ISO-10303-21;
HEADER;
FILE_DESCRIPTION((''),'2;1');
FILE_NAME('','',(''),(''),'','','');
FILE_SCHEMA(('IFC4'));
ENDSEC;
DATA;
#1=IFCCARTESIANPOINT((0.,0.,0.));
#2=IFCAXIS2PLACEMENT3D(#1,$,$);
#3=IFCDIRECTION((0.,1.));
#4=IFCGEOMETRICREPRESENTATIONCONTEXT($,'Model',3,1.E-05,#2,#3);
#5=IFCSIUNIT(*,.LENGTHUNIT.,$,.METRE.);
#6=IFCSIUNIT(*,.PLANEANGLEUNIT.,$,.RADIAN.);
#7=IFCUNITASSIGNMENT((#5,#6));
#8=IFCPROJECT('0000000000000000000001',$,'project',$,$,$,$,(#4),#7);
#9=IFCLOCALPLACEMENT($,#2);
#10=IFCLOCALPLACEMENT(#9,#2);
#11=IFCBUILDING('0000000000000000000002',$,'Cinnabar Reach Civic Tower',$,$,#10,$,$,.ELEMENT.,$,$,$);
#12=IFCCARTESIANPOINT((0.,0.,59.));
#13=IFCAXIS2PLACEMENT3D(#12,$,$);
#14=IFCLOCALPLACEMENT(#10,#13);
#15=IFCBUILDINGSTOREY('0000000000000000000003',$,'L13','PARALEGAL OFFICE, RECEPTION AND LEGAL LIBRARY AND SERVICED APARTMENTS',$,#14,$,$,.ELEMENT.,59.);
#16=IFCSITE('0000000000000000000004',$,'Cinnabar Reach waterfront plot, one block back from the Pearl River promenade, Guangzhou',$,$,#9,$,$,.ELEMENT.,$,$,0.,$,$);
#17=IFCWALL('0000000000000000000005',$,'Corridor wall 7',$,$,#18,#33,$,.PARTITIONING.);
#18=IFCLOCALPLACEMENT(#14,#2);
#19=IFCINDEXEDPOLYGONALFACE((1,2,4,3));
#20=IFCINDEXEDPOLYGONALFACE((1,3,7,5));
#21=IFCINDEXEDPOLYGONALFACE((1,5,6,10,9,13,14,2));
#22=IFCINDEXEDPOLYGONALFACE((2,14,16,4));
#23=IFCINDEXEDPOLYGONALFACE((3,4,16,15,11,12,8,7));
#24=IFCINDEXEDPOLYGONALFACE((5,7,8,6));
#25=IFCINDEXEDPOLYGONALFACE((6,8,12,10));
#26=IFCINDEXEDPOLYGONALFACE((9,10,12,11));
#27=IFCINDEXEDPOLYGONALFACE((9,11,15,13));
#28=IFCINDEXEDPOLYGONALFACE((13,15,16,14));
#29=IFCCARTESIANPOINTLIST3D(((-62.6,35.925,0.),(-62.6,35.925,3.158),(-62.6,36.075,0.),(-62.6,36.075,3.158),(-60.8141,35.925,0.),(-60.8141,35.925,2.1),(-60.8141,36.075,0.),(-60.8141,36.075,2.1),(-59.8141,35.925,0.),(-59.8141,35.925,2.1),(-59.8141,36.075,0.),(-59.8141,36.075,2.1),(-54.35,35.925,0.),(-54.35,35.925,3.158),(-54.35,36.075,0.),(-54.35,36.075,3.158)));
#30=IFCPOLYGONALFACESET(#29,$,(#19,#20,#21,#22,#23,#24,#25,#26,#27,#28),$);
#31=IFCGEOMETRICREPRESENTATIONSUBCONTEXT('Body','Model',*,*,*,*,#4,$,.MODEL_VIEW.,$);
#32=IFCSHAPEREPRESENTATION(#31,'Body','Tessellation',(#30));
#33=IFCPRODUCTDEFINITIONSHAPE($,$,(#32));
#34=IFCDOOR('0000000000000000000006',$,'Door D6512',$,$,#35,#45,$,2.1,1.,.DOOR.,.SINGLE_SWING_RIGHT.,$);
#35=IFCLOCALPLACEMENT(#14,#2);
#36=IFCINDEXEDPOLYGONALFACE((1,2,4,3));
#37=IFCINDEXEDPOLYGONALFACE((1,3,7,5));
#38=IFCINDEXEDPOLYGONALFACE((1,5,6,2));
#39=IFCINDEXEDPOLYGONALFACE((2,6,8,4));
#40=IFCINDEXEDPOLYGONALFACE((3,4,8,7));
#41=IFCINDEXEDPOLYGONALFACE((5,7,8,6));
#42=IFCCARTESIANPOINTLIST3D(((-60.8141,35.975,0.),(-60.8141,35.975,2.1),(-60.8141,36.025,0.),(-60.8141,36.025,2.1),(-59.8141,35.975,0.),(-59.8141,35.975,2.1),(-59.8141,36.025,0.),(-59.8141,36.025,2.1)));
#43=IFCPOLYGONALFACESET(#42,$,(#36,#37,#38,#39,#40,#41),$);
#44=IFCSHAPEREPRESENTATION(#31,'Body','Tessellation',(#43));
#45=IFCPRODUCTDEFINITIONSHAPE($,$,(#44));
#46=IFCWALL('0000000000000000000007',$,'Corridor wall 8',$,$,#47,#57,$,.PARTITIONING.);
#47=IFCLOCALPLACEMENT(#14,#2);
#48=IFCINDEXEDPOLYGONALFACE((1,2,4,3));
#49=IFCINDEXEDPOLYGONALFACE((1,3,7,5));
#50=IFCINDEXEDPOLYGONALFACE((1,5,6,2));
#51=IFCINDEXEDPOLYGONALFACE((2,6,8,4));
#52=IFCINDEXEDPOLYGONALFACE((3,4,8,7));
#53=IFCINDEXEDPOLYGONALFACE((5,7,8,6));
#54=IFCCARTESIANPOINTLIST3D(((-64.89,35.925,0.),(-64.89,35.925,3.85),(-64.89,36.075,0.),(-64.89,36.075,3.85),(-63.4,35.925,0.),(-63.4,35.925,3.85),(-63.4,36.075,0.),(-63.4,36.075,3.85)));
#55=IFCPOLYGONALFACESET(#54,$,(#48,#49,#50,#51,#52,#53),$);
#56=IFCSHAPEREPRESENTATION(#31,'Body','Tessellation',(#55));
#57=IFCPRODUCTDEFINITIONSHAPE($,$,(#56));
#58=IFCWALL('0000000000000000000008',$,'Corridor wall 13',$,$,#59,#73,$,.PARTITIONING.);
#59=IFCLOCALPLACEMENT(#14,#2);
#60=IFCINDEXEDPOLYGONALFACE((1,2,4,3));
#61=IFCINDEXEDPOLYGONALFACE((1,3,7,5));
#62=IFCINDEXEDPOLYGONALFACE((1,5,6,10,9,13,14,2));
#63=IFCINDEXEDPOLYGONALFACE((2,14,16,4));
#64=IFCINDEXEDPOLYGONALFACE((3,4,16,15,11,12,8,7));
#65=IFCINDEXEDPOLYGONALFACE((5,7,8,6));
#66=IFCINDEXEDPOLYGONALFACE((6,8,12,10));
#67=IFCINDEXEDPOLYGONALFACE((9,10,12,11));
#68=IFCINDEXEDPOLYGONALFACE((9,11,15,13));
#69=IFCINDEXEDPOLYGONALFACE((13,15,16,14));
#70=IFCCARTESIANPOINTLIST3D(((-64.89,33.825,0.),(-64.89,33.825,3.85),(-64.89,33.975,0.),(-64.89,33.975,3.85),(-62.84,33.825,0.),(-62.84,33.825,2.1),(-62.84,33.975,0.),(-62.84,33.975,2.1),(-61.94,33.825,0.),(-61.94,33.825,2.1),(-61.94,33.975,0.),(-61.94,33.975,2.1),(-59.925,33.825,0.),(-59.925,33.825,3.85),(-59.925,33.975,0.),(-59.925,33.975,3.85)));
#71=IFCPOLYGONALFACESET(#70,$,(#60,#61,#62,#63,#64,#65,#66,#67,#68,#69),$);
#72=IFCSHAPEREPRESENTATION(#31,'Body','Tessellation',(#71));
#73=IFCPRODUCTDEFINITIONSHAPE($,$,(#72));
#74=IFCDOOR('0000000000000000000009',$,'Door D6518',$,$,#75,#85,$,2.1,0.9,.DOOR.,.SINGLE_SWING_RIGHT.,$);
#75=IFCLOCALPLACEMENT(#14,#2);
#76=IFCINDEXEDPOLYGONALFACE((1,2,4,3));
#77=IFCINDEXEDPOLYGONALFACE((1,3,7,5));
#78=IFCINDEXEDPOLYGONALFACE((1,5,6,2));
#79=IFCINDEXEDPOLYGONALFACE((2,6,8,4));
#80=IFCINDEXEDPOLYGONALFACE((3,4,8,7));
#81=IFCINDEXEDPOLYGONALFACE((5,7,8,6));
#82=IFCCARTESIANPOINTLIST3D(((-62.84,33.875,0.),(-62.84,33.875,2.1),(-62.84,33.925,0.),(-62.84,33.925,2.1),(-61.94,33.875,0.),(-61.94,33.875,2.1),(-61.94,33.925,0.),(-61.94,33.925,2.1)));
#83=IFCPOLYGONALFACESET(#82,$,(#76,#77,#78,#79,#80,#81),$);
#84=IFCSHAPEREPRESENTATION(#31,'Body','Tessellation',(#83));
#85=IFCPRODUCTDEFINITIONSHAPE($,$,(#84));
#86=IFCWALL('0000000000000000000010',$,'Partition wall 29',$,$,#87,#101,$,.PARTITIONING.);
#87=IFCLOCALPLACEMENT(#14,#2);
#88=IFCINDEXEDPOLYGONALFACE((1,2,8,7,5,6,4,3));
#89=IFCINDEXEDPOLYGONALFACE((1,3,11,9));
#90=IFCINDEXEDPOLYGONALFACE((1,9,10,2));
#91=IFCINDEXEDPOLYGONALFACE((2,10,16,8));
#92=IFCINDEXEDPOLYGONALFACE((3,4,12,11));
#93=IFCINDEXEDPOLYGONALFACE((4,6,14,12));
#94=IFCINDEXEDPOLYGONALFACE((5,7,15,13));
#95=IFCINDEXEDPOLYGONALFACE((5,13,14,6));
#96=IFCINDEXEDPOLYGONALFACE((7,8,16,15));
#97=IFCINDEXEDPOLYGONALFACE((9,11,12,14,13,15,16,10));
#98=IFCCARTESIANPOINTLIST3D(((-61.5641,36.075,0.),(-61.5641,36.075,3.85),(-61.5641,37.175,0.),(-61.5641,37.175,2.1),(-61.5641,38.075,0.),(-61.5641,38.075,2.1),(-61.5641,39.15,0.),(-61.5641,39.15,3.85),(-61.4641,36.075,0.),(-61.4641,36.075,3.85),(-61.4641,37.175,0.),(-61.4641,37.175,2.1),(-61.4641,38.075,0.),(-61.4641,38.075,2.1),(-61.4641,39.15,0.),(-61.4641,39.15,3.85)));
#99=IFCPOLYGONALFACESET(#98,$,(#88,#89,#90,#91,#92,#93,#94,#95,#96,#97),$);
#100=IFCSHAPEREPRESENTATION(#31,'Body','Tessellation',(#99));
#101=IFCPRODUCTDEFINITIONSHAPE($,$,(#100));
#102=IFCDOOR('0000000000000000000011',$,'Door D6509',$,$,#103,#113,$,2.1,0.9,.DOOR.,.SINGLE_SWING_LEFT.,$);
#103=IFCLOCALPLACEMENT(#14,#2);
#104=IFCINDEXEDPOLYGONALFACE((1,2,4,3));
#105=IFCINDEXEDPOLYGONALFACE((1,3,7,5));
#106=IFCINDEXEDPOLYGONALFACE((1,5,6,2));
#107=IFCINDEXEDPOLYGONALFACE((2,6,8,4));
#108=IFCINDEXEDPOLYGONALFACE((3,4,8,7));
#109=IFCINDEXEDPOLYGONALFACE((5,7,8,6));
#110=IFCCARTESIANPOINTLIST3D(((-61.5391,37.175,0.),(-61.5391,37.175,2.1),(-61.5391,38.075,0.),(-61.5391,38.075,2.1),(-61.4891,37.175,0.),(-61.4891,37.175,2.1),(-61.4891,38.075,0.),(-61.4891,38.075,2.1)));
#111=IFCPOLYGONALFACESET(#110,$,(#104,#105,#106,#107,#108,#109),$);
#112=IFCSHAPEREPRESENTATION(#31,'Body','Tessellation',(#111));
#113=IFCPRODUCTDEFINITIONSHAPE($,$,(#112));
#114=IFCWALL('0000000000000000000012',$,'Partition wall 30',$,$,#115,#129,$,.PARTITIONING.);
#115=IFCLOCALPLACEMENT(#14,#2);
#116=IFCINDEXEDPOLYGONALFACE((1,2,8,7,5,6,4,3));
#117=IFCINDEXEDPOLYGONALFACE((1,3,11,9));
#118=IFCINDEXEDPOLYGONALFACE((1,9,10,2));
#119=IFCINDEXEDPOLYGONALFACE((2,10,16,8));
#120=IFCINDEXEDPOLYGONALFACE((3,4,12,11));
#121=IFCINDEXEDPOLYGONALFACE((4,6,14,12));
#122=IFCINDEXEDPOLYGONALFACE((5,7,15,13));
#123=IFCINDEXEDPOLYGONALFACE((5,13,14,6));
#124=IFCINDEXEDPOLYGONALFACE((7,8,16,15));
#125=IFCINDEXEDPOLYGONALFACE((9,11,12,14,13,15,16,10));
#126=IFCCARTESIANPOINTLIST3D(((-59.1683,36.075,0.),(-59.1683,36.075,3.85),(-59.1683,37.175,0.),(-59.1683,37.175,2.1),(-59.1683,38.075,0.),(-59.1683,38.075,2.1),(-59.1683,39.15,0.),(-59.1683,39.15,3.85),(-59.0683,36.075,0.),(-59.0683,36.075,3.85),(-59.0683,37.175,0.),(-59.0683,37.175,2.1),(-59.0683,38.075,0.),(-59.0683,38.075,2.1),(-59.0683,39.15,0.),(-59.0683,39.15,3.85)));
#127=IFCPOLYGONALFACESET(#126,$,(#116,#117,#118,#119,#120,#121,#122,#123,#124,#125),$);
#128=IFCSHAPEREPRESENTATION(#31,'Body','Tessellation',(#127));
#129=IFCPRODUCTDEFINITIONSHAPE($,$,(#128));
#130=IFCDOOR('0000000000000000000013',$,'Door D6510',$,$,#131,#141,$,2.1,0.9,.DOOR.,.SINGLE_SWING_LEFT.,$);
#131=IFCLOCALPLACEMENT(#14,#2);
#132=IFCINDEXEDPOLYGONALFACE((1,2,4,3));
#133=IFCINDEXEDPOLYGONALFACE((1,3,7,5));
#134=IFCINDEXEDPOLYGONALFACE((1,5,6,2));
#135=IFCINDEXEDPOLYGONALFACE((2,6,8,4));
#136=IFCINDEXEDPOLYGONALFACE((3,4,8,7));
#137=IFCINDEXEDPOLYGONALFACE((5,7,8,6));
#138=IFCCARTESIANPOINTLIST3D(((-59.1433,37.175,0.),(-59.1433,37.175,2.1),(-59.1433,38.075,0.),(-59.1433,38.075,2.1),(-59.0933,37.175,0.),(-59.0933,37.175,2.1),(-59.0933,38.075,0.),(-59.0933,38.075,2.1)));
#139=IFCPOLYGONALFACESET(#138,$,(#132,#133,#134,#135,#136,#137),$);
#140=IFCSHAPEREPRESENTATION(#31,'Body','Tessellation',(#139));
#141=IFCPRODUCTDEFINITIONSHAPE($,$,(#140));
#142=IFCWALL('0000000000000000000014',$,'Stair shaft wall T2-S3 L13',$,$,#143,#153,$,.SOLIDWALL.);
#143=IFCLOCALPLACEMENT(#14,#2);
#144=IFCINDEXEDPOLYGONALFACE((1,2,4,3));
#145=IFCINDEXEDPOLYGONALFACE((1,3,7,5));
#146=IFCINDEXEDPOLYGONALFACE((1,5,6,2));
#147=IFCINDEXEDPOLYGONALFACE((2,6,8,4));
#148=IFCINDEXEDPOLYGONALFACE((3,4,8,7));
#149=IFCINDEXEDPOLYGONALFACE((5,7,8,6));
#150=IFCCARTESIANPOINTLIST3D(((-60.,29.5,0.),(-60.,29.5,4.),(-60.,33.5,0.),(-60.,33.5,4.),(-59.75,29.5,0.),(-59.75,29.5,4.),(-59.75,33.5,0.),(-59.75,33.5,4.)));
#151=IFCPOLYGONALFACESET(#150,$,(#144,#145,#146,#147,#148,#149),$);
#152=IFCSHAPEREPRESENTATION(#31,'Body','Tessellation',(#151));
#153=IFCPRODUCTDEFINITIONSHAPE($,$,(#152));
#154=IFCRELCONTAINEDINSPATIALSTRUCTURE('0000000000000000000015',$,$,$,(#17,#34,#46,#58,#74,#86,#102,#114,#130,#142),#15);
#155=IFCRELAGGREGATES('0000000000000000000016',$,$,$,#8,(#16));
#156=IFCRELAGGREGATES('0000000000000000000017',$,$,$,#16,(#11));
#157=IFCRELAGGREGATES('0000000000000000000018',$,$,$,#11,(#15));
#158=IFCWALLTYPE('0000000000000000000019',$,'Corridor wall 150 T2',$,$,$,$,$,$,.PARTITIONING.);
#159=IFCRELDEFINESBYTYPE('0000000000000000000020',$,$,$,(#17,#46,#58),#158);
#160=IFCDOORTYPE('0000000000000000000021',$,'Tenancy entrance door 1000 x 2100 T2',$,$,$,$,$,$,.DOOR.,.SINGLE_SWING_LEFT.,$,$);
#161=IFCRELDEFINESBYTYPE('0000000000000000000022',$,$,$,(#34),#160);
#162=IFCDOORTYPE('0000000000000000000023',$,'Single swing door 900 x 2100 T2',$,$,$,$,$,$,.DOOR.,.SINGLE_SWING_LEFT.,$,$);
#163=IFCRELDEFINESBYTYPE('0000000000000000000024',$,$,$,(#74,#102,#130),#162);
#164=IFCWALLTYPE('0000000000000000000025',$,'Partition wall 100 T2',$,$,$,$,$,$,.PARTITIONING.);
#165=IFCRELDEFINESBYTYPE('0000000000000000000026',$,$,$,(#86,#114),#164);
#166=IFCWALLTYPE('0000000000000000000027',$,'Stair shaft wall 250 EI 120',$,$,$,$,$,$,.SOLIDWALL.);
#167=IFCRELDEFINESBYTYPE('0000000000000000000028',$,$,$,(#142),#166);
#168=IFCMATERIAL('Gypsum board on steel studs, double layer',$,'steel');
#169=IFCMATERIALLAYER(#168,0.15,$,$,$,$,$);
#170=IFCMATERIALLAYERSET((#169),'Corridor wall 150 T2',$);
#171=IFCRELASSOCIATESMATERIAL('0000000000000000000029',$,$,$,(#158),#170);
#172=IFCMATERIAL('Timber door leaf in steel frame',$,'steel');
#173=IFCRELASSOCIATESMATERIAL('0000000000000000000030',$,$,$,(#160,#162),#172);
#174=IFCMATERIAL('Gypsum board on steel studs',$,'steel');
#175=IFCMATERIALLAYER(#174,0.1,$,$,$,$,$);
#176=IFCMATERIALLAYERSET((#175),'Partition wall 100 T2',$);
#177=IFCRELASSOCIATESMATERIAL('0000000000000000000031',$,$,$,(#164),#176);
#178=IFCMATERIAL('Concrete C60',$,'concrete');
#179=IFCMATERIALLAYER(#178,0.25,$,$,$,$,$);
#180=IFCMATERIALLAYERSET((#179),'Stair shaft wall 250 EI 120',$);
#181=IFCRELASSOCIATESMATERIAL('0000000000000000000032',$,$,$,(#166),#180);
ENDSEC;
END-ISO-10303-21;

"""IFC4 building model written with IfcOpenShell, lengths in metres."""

from ifc_helpers import new_model, si_unit, direction, frame, frame_2d, origin, place, context, subcontext, project, spatial, rectangle, extrude, material, layer, layer_set, type_object, element, fill, save


model = new_model("IFC4")

# Units and contexts
model_context = context("Model", 3, precision=1e-05, world=origin(), true_north=direction((0.0, 1.0)))
body_context = subcontext(model_context, "Body", "Model", "MODEL_VIEW")
ifc_project = project(units=[si_unit("LENGTHUNIT", "METRE"), si_unit("PLANEANGLEUNIT", "RADIAN")], contexts=[model_context])

# Site, building, storey
site_placement = place(None, origin())
site = spatial("IfcSite", under=ifc_project, at=site_placement, Name="Cinnabar Reach waterfront plot, one block back from the Pearl River promenade, Guangzhou", CompositionType="ELEMENT", RefElevation=0.0)
building_placement = place(site_placement, origin())
building = spatial("IfcBuilding", under=site, at=building_placement, Name="Cinnabar Reach Civic Tower", CompositionType="ELEMENT")
storey_placement = place(building_placement, frame((0.0, 0.0, 59.0)))
storey = spatial("IfcBuildingStorey", under=building, at=storey_placement, Name="L13", Description="PARALEGAL OFFICE, RECEPTION AND LEGAL LIBRARY AND SERVICED APARTMENTS", CompositionType="ELEMENT", Elevation=59.0)

# Shared definitions
ifc_material_1 = material(Name="Concrete C60", Category="concrete")

# Wall, opening, door
ifc_material_2 = material(Name="Gypsum board on steel studs, double layer", Category="steel")
ifc_layer_1 = layer(ifc_material_2, 0.15)
ifc_layer_set_1 = layer_set([ifc_layer_1], Name="Corridor wall 150 T2")
wall_type_1 = type_object("IfcWallType", Name="Corridor wall 150 T2", PredefinedType="PARTITIONING", material=ifc_layer_set_1)
wall_1_placement = place(storey_placement, frame((-62.6, 36.0, 0.0), z_axis=(0.0, 0.0, 1.0), x_axis=(1.0, 0.0, 0.0)))
wall_1 = element("IfcWall", 1, at=wall_1_placement, inside=storey, type_object=wall_type_1, Name="Corridor wall 7", PredefinedType="PARTITIONING", context=body_context, shape_type="SweptSolid", body=[
    extrude(rectangle(XDim=8.25, YDim=0.15, at=frame_2d((4.125, 0.0))), origin(), (0.0, 0.0, 1.0), 3.158),
])
opening_1_placement = place(wall_1_placement, frame((1.7859, 0.0, 0.0)))
opening_1 = element("IfcOpeningElement", 2, at=opening_1_placement, cuts=wall_1, PredefinedType="OPENING", context=body_context, shape_type="SweptSolid", body=[
    extrude(rectangle(XDim=1.0, YDim=2.1, at=frame_2d((0.5, 1.05))), frame((0.0, 0.085, 0.0), z_axis=(0.0, -1.0, 0.0), x_axis=(1.0, 0.0, 0.0)), (0.0, 0.0, 1.0), 0.17),
])
ifc_material_3 = material(Name="Timber door leaf in steel frame", Category="steel")
door_type_1 = type_object("IfcDoorType", Name="Tenancy entrance door 1000 x 2100 T2", OperationType="SINGLE_SWING_LEFT", PredefinedType="DOOR", material=ifc_material_3)
door_1_placement = place(opening_1_placement, origin())
door_1 = element("IfcDoor", 3, at=door_1_placement, inside=storey, type_object=door_type_1, Name="Door D6512", OperationType="SINGLE_SWING_RIGHT", OverallHeight=2.1, OverallWidth=1.0, PredefinedType="DOOR", context=body_context, shape_type="SweptSolid", body=[
    extrude(rectangle(XDim=1.0, YDim=2.1, at=frame_2d((0.5, 1.05))), frame((0.0, 0.025, 0.0), z_axis=(0.0, -1.0, 0.0), x_axis=(1.0, 0.0, 0.0)), (0.0, 0.0, 1.0), 0.05),
])
fill(opening_1, door_1)

# Wall
wall_2_placement = place(storey_placement, frame((-64.89, 36.0, 0.0), z_axis=(0.0, 0.0, 1.0), x_axis=(1.0, 0.0, 0.0)))
element("IfcWall", 4, at=wall_2_placement, inside=storey, type_object=wall_type_1, Name="Corridor wall 8", PredefinedType="PARTITIONING", context=body_context, shape_type="SweptSolid", body=[
    extrude(rectangle(XDim=1.49, YDim=0.15, at=frame_2d((0.745, 0.0))), origin(), (0.0, 0.0, 1.0), 3.85),
])

# Walls, openings, doors
wall_3_placement = place(storey_placement, frame((-64.89, 33.9, 0.0), z_axis=(0.0, 0.0, 1.0), x_axis=(1.0, 0.0, 0.0)))
wall_3 = element("IfcWall", 5, at=wall_3_placement, inside=storey, type_object=wall_type_1, Name="Corridor wall 13", PredefinedType="PARTITIONING", context=body_context, shape_type="SweptSolid", body=[
    extrude(rectangle(XDim=4.965, YDim=0.15, at=frame_2d((2.4825, 0.0))), origin(), (0.0, 0.0, 1.0), 3.85),
])
opening_2_placement = place(wall_3_placement, frame((2.05, 0.0, 0.0)))
opening_2 = element("IfcOpeningElement", 6, at=opening_2_placement, cuts=wall_3, PredefinedType="OPENING", context=body_context, shape_type="SweptSolid", body=[
    extrude(rectangle(XDim=0.9, YDim=2.1, at=frame_2d((0.45, 1.05))), frame((0.0, 0.085, 0.0), z_axis=(0.0, -1.0, 0.0), x_axis=(1.0, 0.0, 0.0)), (0.0, 0.0, 1.0), 0.17),
])
door_type_2 = type_object("IfcDoorType", Name="Single swing door 900 x 2100 T2", OperationType="SINGLE_SWING_LEFT", PredefinedType="DOOR", material=ifc_material_3)
door_2_placement = place(opening_2_placement, frame((0.9, 0.0, 0.0), z_axis=(0.0, 0.0, 1.0), x_axis=(-1.0, 0.0, 0.0)))
door_2 = element("IfcDoor", 7, at=door_2_placement, inside=storey, type_object=door_type_2, Name="Door D6518", OperationType="SINGLE_SWING_RIGHT", OverallHeight=2.1, OverallWidth=0.9, PredefinedType="DOOR", context=body_context, shape_type="SweptSolid", body=[
    extrude(rectangle(XDim=0.9, YDim=2.1, at=frame_2d((0.45, 1.05))), frame((0.0, 0.025, 0.0), z_axis=(0.0, -1.0, 0.0), x_axis=(1.0, 0.0, 0.0)), (0.0, 0.0, 1.0), 0.05),
])
fill(opening_2, door_2)
ifc_material_4 = material(Name="Gypsum board on steel studs", Category="steel")
ifc_layer_2 = layer(ifc_material_4, 0.1)
ifc_layer_set_2 = layer_set([ifc_layer_2], Name="Partition wall 100 T2")
wall_type_2 = type_object("IfcWallType", Name="Partition wall 100 T2", PredefinedType="PARTITIONING", material=ifc_layer_set_2)
wall_4_placement = place(storey_placement, frame((-61.5141, 36.075, 0.0), z_axis=(0.0, 0.0, 1.0), x_axis=(0.0, 1.0, 0.0)))
wall_4 = element("IfcWall", 8, at=wall_4_placement, inside=storey, type_object=wall_type_2, Name="Partition wall 29", PredefinedType="PARTITIONING", context=body_context, shape_type="SweptSolid", body=[
    extrude(rectangle(XDim=3.075, YDim=0.1, at=frame_2d((1.5375, 0.0))), origin(), (0.0, 0.0, 1.0), 3.85),
])
opening_3_placement = place(wall_4_placement, frame((1.1, 0.0, 0.0)))
opening_3 = element("IfcOpeningElement", 9, at=opening_3_placement, cuts=wall_4, PredefinedType="OPENING", context=body_context, shape_type="SweptSolid", body=[
    extrude(rectangle(XDim=0.9, YDim=2.1, at=frame_2d((0.45, 1.05))), frame((0.0, 0.06, 0.0), z_axis=(0.0, -1.0, 0.0), x_axis=(1.0, 0.0, 0.0)), (0.0, 0.0, 1.0), 0.12),
])
door_3_placement = place(opening_3_placement, origin())
door_3 = element("IfcDoor", 10, at=door_3_placement, inside=storey, type_object=door_type_2, Name="Door D6509", OperationType="SINGLE_SWING_LEFT", OverallHeight=2.1, OverallWidth=0.9, PredefinedType="DOOR", context=body_context, shape_type="SweptSolid", body=[
    extrude(rectangle(XDim=0.9, YDim=2.1, at=frame_2d((0.45, 1.05))), frame((0.0, 0.025, 0.0), z_axis=(0.0, -1.0, 0.0), x_axis=(1.0, 0.0, 0.0)), (0.0, 0.0, 1.0), 0.05),
])
fill(opening_3, door_3)
wall_5_placement = place(storey_placement, frame((-59.1183, 36.075, 0.0), z_axis=(0.0, 0.0, 1.0), x_axis=(0.0, 1.0, 0.0)))
wall_5 = element("IfcWall", 11, at=wall_5_placement, inside=storey, type_object=wall_type_2, Name="Partition wall 30", PredefinedType="PARTITIONING", context=body_context, shape_type="SweptSolid", body=[
    extrude(rectangle(XDim=3.075, YDim=0.1, at=frame_2d((1.5375, 0.0))), origin(), (0.0, 0.0, 1.0), 3.85),
])
opening_4_placement = place(wall_5_placement, frame((1.1, 0.0, 0.0)))
opening_4 = element("IfcOpeningElement", 12, at=opening_4_placement, cuts=wall_5, PredefinedType="OPENING", context=body_context, shape_type="SweptSolid", body=[
    extrude(rectangle(XDim=0.9, YDim=2.1, at=frame_2d((0.45, 1.05))), frame((0.0, 0.06, 0.0), z_axis=(0.0, -1.0, 0.0), x_axis=(1.0, 0.0, 0.0)), (0.0, 0.0, 1.0), 0.12),
])
door_4_placement = place(opening_4_placement, origin())
door_4 = element("IfcDoor", 13, at=door_4_placement, inside=storey, type_object=door_type_2, Name="Door D6510", OperationType="SINGLE_SWING_LEFT", OverallHeight=2.1, OverallWidth=0.9, PredefinedType="DOOR", context=body_context, shape_type="SweptSolid", body=[
    extrude(rectangle(XDim=0.9, YDim=2.1, at=frame_2d((0.45, 1.05))), frame((0.0, 0.025, 0.0), z_axis=(0.0, -1.0, 0.0), x_axis=(1.0, 0.0, 0.0)), (0.0, 0.0, 1.0), 0.05),
])
fill(opening_4, door_4)

# Wall
ifc_layer_3 = layer(ifc_material_1, 0.25)
ifc_layer_set_3 = layer_set([ifc_layer_3], Name="Stair shaft wall 250 EI 120")
wall_type_3 = type_object("IfcWallType", Name="Stair shaft wall 250 EI 120", PredefinedType="SOLIDWALL", material=ifc_layer_set_3)
wall_6_placement = place(storey_placement, frame((-59.875, 33.5, 0.0), z_axis=(0.0, 0.0, 1.0), x_axis=(0.0, -1.0, 0.0)))
element("IfcWall", 14, at=wall_6_placement, inside=storey, type_object=wall_type_3, Name="Stair shaft wall T2-S3 L13", PredefinedType="SOLIDWALL", context=body_context, shape_type="SweptSolid", body=[
    extrude(rectangle(XDim=4.0, YDim=0.25, at=frame_2d((2.0, 0.0))), origin(), (0.0, 0.0, 1.0), 4.0),
])

save(model, "model.ifc")
